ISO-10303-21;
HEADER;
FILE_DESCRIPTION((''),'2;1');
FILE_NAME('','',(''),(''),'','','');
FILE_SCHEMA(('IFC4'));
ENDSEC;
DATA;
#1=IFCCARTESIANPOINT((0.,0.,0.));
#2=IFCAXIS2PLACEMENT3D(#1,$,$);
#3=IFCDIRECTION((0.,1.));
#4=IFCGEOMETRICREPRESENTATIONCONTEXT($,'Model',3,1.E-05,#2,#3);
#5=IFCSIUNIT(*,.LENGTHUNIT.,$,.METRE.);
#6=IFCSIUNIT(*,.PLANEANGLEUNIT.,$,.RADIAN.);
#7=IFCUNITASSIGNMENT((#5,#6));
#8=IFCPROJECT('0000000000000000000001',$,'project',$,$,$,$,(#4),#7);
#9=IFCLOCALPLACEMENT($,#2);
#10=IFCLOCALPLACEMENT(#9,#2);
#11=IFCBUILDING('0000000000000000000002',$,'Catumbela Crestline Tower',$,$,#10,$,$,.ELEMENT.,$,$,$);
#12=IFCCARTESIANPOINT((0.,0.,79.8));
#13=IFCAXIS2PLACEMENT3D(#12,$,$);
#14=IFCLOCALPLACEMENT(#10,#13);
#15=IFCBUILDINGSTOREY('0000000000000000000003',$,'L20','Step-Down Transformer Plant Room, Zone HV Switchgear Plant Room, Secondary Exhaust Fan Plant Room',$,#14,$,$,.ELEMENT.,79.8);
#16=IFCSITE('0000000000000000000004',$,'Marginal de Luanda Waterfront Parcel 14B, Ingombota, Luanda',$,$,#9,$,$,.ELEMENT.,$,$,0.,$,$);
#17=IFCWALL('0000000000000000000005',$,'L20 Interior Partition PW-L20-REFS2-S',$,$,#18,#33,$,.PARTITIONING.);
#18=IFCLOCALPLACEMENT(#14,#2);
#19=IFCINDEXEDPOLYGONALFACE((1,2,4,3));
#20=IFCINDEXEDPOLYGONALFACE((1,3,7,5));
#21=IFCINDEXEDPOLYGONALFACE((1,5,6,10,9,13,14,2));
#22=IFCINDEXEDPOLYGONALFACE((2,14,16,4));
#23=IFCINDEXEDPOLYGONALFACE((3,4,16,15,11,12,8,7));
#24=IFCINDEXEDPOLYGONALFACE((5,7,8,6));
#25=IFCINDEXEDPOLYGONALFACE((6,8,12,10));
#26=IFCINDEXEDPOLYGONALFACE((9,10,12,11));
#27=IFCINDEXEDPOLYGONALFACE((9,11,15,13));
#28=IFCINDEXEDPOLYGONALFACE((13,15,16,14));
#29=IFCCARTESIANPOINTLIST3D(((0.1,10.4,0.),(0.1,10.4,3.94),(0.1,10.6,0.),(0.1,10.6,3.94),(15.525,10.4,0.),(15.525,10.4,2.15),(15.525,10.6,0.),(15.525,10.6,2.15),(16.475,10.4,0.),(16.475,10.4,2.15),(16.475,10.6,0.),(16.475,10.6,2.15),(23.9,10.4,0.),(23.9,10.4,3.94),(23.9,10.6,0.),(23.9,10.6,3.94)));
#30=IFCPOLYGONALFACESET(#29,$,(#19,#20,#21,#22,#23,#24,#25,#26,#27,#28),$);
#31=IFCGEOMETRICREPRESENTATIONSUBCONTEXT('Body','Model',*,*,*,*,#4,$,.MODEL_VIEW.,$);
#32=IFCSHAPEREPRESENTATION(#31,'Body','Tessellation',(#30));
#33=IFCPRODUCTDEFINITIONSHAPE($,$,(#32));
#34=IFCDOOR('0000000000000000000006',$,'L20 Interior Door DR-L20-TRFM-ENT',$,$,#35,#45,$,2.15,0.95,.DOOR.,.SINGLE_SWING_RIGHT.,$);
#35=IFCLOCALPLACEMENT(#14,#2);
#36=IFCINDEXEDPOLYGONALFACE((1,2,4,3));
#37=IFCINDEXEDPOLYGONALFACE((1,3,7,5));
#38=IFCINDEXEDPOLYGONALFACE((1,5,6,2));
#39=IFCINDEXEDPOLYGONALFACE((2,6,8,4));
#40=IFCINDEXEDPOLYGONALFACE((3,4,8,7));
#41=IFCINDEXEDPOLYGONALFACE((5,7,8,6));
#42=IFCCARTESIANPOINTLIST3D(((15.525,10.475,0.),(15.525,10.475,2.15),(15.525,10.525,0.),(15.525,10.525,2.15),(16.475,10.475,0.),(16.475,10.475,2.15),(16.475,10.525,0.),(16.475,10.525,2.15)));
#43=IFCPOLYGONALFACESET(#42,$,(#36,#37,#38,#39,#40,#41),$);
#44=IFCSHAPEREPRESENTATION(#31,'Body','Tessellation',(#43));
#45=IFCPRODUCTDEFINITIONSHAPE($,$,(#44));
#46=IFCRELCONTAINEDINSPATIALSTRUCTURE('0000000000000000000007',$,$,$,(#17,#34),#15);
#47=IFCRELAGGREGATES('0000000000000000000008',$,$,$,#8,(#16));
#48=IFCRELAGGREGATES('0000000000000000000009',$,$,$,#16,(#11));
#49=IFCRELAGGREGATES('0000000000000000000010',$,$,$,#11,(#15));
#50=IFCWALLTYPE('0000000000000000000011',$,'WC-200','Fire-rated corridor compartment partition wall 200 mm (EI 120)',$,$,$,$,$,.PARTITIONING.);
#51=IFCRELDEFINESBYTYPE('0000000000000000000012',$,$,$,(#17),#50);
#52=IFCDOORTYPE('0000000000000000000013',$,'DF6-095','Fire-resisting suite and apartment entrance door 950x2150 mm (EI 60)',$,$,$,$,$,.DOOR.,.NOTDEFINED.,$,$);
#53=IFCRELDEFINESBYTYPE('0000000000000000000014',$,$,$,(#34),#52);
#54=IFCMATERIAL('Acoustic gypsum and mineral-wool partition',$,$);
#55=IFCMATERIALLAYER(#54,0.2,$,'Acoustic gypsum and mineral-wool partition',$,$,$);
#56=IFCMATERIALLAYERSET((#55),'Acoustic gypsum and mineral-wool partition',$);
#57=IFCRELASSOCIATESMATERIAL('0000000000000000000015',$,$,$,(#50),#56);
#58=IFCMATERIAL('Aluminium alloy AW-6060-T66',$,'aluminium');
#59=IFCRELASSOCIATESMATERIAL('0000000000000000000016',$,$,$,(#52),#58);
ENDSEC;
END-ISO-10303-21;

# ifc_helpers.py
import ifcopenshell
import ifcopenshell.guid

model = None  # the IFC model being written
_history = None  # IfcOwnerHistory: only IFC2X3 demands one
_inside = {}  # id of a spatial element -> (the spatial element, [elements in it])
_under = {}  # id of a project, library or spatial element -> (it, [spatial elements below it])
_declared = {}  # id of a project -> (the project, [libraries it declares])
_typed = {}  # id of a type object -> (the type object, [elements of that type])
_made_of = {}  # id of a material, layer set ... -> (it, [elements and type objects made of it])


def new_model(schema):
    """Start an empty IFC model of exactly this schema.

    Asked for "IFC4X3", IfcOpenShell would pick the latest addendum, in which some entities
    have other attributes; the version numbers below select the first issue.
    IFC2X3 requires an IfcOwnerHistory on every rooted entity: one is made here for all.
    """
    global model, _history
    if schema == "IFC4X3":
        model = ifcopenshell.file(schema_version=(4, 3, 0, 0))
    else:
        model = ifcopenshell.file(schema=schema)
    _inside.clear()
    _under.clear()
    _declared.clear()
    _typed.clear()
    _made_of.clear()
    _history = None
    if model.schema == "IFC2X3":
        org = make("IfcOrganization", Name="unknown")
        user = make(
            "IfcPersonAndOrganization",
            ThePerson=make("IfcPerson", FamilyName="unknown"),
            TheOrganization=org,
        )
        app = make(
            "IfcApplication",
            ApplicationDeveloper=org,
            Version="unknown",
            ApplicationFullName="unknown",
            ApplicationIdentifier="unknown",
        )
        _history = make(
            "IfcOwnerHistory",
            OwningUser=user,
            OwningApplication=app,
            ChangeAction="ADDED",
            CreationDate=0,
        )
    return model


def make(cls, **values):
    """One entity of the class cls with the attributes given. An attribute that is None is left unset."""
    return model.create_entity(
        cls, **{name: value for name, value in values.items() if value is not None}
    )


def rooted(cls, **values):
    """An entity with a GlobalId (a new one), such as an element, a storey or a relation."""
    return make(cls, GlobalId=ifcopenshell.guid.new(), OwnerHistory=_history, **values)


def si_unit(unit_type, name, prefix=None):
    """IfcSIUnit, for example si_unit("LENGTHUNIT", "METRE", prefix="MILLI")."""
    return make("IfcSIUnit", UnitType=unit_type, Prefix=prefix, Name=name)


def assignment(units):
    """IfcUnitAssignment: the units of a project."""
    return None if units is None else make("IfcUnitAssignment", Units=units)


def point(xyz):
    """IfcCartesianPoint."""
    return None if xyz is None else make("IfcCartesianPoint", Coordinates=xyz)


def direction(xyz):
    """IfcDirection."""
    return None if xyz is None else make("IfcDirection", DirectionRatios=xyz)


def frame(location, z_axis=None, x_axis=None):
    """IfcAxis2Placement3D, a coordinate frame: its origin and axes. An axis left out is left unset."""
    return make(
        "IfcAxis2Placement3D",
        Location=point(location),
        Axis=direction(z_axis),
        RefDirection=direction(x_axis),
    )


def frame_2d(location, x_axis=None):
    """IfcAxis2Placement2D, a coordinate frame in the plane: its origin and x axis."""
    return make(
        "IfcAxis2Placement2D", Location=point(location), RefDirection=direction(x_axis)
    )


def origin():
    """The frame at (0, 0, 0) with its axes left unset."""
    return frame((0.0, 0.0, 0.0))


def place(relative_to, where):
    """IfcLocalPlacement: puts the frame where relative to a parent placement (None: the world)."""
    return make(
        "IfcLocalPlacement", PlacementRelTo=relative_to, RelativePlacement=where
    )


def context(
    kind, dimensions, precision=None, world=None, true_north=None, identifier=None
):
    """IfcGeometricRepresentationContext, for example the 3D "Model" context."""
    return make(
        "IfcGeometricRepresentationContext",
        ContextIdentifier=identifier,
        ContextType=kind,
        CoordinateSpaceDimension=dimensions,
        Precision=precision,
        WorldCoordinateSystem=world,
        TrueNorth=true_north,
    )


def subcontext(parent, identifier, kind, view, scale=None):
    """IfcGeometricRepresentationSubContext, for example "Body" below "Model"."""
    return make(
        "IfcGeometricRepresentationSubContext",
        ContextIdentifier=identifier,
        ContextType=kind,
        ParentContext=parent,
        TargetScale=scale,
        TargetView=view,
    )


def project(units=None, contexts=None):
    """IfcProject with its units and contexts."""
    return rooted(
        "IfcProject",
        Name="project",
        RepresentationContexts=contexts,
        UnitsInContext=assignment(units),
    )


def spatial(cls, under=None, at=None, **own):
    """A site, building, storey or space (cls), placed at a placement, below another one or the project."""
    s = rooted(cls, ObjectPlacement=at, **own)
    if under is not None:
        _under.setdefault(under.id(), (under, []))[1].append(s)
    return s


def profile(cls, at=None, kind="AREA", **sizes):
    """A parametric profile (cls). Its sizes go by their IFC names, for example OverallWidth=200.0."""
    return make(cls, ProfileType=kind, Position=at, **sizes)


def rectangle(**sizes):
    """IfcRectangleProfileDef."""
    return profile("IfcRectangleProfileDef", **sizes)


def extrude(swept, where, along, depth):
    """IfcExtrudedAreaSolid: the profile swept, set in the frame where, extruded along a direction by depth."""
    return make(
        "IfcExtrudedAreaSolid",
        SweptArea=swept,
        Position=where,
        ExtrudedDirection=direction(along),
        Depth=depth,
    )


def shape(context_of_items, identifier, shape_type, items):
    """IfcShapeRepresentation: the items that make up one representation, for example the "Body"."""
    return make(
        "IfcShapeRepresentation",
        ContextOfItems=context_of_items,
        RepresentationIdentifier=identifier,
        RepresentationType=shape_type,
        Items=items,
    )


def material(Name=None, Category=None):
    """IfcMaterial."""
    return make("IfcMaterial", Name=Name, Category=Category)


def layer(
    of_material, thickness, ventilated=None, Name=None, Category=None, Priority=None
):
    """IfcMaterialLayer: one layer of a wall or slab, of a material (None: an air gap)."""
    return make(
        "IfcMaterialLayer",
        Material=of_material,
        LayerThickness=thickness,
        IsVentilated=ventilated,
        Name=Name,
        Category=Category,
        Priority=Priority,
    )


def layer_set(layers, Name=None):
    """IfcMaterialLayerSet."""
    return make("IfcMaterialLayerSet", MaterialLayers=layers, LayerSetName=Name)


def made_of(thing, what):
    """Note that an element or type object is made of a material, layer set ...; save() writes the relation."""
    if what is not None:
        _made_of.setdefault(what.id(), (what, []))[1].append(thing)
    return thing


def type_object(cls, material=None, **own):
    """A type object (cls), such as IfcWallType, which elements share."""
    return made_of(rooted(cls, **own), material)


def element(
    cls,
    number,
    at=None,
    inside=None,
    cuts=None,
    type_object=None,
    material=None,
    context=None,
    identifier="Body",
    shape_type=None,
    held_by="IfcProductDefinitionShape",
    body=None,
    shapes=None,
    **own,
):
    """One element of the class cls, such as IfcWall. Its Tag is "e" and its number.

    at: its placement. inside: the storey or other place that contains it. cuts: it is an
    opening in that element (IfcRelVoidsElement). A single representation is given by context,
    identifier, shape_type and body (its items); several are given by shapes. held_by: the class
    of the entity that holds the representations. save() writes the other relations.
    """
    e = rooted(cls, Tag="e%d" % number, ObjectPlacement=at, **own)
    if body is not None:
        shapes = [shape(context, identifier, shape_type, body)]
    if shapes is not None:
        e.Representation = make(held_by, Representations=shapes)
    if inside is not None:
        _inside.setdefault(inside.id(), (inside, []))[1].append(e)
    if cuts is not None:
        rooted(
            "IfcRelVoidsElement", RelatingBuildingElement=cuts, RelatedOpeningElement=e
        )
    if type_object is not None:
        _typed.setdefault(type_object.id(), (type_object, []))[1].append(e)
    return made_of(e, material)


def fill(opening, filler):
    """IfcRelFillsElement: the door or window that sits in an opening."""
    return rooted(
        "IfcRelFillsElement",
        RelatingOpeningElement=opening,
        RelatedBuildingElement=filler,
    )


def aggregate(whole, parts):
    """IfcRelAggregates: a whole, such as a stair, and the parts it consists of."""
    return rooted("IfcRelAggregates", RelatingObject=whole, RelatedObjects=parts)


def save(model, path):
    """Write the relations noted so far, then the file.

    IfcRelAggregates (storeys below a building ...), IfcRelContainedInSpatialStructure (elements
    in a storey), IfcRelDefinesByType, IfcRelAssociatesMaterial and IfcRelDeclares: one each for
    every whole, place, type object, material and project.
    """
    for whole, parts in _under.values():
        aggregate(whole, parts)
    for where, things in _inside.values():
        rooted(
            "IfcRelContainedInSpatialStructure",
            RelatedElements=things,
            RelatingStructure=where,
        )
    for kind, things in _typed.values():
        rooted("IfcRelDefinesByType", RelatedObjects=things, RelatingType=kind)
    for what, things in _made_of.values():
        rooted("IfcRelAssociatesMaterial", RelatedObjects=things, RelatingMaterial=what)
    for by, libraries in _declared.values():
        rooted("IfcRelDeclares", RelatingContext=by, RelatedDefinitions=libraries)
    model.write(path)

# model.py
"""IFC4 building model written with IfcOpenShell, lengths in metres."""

from ifc_helpers import new_model, si_unit, direction, frame, frame_2d, origin, place, context, subcontext, project, spatial, rectangle, extrude, material, layer, layer_set, type_object, element, fill, save


model = new_model("IFC4")

# Units and contexts
model_context = context("Model", 3, precision=1e-05, world=origin(), true_north=direction((0.0, 1.0)))
body_context = subcontext(model_context, "Body", "Model", "MODEL_VIEW")
ifc_project = project(units=[si_unit("LENGTHUNIT", "METRE"), si_unit("PLANEANGLEUNIT", "RADIAN")], contexts=[model_context])

# Site, building, storey
site_placement = place(None, origin())
site = spatial("IfcSite", under=ifc_project, at=site_placement, Name="Marginal de Luanda Waterfront Parcel 14B, Ingombota, Luanda", CompositionType="ELEMENT", RefElevation=0.0)
building_placement = place(site_placement, origin())
building = spatial("IfcBuilding", under=site, at=building_placement, Name="Catumbela Crestline Tower", CompositionType="ELEMENT")
storey_placement = place(building_placement, frame((0.0, 0.0, 79.8)))
storey = spatial("IfcBuildingStorey", under=building, at=storey_placement, Name="L20", Description="Step-Down Transformer Plant Room, Zone HV Switchgear Plant Room, Secondary Exhaust Fan Plant Room", CompositionType="ELEMENT", Elevation=79.8)

# Wall, opening, door
ifc_material_1 = material(Name="Acoustic gypsum and mineral-wool partition")
ifc_layer = layer(ifc_material_1, 0.2, Name="Acoustic gypsum and mineral-wool partition")
ifc_layer_set = layer_set([ifc_layer], Name="Acoustic gypsum and mineral-wool partition")
wall_type = type_object("IfcWallType", Name="WC-200", Description="Fire-rated corridor compartment partition wall 200 mm (EI 120)", PredefinedType="PARTITIONING", material=ifc_layer_set)
wall_1_placement = place(storey_placement, frame((0.1, 10.5, 0.0), z_axis=(0.0, 0.0, 1.0), x_axis=(1.0, 0.0, 0.0)))
wall_1 = element("IfcWall", 1, at=wall_1_placement, inside=storey, type_object=wall_type, Name="L20 Interior Partition PW-L20-REFS2-S", PredefinedType="PARTITIONING", context=body_context, shape_type="SweptSolid", body=[
    extrude(rectangle(XDim=23.8, YDim=0.2, at=frame_2d((11.9, 0.0))), origin(), (0.0, 0.0, 1.0), 3.94),
])
opening_1_placement = place(wall_1_placement, frame((15.425, 0.0, 0.0)))
opening_1 = element("IfcOpeningElement", 2, at=opening_1_placement, cuts=wall_1, PredefinedType="OPENING", context=body_context, shape_type="SweptSolid", body=[
    extrude(rectangle(XDim=0.95, YDim=2.15, at=frame_2d((0.475, 1.075))), frame((0.0, 0.11, 0.0), z_axis=(0.0, -1.0, 0.0), x_axis=(1.0, 0.0, 0.0)), (0.0, 0.0, 1.0), 0.22),
])
ifc_material_2 = material(Name="Aluminium alloy AW-6060-T66", Category="aluminium")
door_type_1 = type_object("IfcDoorType", Name="DF6-095", Description="Fire-resisting suite and apartment entrance door 950x2150 mm (EI 60)", OperationType="NOTDEFINED", PredefinedType="DOOR", material=ifc_material_2)
door_1_placement = place(opening_1_placement, origin())
door_1 = element("IfcDoor", 3, at=door_1_placement, inside=storey, type_object=door_type_1, Name="L20 Interior Door DR-L20-TRFM-ENT", OperationType="SINGLE_SWING_RIGHT", OverallHeight=2.15, OverallWidth=0.95, PredefinedType="DOOR", context=body_context, shape_type="SweptSolid", body=[
    extrude(rectangle(XDim=0.95, YDim=2.15, at=frame_2d((0.475, 1.075))), frame((0.0, 0.025, 0.0), z_axis=(0.0, -1.0, 0.0), x_axis=(1.0, 0.0, 0.0)), (0.0, 0.0, 1.0), 0.05),
])
fill(opening_1, door_1)

save(model, "model.ifc")
